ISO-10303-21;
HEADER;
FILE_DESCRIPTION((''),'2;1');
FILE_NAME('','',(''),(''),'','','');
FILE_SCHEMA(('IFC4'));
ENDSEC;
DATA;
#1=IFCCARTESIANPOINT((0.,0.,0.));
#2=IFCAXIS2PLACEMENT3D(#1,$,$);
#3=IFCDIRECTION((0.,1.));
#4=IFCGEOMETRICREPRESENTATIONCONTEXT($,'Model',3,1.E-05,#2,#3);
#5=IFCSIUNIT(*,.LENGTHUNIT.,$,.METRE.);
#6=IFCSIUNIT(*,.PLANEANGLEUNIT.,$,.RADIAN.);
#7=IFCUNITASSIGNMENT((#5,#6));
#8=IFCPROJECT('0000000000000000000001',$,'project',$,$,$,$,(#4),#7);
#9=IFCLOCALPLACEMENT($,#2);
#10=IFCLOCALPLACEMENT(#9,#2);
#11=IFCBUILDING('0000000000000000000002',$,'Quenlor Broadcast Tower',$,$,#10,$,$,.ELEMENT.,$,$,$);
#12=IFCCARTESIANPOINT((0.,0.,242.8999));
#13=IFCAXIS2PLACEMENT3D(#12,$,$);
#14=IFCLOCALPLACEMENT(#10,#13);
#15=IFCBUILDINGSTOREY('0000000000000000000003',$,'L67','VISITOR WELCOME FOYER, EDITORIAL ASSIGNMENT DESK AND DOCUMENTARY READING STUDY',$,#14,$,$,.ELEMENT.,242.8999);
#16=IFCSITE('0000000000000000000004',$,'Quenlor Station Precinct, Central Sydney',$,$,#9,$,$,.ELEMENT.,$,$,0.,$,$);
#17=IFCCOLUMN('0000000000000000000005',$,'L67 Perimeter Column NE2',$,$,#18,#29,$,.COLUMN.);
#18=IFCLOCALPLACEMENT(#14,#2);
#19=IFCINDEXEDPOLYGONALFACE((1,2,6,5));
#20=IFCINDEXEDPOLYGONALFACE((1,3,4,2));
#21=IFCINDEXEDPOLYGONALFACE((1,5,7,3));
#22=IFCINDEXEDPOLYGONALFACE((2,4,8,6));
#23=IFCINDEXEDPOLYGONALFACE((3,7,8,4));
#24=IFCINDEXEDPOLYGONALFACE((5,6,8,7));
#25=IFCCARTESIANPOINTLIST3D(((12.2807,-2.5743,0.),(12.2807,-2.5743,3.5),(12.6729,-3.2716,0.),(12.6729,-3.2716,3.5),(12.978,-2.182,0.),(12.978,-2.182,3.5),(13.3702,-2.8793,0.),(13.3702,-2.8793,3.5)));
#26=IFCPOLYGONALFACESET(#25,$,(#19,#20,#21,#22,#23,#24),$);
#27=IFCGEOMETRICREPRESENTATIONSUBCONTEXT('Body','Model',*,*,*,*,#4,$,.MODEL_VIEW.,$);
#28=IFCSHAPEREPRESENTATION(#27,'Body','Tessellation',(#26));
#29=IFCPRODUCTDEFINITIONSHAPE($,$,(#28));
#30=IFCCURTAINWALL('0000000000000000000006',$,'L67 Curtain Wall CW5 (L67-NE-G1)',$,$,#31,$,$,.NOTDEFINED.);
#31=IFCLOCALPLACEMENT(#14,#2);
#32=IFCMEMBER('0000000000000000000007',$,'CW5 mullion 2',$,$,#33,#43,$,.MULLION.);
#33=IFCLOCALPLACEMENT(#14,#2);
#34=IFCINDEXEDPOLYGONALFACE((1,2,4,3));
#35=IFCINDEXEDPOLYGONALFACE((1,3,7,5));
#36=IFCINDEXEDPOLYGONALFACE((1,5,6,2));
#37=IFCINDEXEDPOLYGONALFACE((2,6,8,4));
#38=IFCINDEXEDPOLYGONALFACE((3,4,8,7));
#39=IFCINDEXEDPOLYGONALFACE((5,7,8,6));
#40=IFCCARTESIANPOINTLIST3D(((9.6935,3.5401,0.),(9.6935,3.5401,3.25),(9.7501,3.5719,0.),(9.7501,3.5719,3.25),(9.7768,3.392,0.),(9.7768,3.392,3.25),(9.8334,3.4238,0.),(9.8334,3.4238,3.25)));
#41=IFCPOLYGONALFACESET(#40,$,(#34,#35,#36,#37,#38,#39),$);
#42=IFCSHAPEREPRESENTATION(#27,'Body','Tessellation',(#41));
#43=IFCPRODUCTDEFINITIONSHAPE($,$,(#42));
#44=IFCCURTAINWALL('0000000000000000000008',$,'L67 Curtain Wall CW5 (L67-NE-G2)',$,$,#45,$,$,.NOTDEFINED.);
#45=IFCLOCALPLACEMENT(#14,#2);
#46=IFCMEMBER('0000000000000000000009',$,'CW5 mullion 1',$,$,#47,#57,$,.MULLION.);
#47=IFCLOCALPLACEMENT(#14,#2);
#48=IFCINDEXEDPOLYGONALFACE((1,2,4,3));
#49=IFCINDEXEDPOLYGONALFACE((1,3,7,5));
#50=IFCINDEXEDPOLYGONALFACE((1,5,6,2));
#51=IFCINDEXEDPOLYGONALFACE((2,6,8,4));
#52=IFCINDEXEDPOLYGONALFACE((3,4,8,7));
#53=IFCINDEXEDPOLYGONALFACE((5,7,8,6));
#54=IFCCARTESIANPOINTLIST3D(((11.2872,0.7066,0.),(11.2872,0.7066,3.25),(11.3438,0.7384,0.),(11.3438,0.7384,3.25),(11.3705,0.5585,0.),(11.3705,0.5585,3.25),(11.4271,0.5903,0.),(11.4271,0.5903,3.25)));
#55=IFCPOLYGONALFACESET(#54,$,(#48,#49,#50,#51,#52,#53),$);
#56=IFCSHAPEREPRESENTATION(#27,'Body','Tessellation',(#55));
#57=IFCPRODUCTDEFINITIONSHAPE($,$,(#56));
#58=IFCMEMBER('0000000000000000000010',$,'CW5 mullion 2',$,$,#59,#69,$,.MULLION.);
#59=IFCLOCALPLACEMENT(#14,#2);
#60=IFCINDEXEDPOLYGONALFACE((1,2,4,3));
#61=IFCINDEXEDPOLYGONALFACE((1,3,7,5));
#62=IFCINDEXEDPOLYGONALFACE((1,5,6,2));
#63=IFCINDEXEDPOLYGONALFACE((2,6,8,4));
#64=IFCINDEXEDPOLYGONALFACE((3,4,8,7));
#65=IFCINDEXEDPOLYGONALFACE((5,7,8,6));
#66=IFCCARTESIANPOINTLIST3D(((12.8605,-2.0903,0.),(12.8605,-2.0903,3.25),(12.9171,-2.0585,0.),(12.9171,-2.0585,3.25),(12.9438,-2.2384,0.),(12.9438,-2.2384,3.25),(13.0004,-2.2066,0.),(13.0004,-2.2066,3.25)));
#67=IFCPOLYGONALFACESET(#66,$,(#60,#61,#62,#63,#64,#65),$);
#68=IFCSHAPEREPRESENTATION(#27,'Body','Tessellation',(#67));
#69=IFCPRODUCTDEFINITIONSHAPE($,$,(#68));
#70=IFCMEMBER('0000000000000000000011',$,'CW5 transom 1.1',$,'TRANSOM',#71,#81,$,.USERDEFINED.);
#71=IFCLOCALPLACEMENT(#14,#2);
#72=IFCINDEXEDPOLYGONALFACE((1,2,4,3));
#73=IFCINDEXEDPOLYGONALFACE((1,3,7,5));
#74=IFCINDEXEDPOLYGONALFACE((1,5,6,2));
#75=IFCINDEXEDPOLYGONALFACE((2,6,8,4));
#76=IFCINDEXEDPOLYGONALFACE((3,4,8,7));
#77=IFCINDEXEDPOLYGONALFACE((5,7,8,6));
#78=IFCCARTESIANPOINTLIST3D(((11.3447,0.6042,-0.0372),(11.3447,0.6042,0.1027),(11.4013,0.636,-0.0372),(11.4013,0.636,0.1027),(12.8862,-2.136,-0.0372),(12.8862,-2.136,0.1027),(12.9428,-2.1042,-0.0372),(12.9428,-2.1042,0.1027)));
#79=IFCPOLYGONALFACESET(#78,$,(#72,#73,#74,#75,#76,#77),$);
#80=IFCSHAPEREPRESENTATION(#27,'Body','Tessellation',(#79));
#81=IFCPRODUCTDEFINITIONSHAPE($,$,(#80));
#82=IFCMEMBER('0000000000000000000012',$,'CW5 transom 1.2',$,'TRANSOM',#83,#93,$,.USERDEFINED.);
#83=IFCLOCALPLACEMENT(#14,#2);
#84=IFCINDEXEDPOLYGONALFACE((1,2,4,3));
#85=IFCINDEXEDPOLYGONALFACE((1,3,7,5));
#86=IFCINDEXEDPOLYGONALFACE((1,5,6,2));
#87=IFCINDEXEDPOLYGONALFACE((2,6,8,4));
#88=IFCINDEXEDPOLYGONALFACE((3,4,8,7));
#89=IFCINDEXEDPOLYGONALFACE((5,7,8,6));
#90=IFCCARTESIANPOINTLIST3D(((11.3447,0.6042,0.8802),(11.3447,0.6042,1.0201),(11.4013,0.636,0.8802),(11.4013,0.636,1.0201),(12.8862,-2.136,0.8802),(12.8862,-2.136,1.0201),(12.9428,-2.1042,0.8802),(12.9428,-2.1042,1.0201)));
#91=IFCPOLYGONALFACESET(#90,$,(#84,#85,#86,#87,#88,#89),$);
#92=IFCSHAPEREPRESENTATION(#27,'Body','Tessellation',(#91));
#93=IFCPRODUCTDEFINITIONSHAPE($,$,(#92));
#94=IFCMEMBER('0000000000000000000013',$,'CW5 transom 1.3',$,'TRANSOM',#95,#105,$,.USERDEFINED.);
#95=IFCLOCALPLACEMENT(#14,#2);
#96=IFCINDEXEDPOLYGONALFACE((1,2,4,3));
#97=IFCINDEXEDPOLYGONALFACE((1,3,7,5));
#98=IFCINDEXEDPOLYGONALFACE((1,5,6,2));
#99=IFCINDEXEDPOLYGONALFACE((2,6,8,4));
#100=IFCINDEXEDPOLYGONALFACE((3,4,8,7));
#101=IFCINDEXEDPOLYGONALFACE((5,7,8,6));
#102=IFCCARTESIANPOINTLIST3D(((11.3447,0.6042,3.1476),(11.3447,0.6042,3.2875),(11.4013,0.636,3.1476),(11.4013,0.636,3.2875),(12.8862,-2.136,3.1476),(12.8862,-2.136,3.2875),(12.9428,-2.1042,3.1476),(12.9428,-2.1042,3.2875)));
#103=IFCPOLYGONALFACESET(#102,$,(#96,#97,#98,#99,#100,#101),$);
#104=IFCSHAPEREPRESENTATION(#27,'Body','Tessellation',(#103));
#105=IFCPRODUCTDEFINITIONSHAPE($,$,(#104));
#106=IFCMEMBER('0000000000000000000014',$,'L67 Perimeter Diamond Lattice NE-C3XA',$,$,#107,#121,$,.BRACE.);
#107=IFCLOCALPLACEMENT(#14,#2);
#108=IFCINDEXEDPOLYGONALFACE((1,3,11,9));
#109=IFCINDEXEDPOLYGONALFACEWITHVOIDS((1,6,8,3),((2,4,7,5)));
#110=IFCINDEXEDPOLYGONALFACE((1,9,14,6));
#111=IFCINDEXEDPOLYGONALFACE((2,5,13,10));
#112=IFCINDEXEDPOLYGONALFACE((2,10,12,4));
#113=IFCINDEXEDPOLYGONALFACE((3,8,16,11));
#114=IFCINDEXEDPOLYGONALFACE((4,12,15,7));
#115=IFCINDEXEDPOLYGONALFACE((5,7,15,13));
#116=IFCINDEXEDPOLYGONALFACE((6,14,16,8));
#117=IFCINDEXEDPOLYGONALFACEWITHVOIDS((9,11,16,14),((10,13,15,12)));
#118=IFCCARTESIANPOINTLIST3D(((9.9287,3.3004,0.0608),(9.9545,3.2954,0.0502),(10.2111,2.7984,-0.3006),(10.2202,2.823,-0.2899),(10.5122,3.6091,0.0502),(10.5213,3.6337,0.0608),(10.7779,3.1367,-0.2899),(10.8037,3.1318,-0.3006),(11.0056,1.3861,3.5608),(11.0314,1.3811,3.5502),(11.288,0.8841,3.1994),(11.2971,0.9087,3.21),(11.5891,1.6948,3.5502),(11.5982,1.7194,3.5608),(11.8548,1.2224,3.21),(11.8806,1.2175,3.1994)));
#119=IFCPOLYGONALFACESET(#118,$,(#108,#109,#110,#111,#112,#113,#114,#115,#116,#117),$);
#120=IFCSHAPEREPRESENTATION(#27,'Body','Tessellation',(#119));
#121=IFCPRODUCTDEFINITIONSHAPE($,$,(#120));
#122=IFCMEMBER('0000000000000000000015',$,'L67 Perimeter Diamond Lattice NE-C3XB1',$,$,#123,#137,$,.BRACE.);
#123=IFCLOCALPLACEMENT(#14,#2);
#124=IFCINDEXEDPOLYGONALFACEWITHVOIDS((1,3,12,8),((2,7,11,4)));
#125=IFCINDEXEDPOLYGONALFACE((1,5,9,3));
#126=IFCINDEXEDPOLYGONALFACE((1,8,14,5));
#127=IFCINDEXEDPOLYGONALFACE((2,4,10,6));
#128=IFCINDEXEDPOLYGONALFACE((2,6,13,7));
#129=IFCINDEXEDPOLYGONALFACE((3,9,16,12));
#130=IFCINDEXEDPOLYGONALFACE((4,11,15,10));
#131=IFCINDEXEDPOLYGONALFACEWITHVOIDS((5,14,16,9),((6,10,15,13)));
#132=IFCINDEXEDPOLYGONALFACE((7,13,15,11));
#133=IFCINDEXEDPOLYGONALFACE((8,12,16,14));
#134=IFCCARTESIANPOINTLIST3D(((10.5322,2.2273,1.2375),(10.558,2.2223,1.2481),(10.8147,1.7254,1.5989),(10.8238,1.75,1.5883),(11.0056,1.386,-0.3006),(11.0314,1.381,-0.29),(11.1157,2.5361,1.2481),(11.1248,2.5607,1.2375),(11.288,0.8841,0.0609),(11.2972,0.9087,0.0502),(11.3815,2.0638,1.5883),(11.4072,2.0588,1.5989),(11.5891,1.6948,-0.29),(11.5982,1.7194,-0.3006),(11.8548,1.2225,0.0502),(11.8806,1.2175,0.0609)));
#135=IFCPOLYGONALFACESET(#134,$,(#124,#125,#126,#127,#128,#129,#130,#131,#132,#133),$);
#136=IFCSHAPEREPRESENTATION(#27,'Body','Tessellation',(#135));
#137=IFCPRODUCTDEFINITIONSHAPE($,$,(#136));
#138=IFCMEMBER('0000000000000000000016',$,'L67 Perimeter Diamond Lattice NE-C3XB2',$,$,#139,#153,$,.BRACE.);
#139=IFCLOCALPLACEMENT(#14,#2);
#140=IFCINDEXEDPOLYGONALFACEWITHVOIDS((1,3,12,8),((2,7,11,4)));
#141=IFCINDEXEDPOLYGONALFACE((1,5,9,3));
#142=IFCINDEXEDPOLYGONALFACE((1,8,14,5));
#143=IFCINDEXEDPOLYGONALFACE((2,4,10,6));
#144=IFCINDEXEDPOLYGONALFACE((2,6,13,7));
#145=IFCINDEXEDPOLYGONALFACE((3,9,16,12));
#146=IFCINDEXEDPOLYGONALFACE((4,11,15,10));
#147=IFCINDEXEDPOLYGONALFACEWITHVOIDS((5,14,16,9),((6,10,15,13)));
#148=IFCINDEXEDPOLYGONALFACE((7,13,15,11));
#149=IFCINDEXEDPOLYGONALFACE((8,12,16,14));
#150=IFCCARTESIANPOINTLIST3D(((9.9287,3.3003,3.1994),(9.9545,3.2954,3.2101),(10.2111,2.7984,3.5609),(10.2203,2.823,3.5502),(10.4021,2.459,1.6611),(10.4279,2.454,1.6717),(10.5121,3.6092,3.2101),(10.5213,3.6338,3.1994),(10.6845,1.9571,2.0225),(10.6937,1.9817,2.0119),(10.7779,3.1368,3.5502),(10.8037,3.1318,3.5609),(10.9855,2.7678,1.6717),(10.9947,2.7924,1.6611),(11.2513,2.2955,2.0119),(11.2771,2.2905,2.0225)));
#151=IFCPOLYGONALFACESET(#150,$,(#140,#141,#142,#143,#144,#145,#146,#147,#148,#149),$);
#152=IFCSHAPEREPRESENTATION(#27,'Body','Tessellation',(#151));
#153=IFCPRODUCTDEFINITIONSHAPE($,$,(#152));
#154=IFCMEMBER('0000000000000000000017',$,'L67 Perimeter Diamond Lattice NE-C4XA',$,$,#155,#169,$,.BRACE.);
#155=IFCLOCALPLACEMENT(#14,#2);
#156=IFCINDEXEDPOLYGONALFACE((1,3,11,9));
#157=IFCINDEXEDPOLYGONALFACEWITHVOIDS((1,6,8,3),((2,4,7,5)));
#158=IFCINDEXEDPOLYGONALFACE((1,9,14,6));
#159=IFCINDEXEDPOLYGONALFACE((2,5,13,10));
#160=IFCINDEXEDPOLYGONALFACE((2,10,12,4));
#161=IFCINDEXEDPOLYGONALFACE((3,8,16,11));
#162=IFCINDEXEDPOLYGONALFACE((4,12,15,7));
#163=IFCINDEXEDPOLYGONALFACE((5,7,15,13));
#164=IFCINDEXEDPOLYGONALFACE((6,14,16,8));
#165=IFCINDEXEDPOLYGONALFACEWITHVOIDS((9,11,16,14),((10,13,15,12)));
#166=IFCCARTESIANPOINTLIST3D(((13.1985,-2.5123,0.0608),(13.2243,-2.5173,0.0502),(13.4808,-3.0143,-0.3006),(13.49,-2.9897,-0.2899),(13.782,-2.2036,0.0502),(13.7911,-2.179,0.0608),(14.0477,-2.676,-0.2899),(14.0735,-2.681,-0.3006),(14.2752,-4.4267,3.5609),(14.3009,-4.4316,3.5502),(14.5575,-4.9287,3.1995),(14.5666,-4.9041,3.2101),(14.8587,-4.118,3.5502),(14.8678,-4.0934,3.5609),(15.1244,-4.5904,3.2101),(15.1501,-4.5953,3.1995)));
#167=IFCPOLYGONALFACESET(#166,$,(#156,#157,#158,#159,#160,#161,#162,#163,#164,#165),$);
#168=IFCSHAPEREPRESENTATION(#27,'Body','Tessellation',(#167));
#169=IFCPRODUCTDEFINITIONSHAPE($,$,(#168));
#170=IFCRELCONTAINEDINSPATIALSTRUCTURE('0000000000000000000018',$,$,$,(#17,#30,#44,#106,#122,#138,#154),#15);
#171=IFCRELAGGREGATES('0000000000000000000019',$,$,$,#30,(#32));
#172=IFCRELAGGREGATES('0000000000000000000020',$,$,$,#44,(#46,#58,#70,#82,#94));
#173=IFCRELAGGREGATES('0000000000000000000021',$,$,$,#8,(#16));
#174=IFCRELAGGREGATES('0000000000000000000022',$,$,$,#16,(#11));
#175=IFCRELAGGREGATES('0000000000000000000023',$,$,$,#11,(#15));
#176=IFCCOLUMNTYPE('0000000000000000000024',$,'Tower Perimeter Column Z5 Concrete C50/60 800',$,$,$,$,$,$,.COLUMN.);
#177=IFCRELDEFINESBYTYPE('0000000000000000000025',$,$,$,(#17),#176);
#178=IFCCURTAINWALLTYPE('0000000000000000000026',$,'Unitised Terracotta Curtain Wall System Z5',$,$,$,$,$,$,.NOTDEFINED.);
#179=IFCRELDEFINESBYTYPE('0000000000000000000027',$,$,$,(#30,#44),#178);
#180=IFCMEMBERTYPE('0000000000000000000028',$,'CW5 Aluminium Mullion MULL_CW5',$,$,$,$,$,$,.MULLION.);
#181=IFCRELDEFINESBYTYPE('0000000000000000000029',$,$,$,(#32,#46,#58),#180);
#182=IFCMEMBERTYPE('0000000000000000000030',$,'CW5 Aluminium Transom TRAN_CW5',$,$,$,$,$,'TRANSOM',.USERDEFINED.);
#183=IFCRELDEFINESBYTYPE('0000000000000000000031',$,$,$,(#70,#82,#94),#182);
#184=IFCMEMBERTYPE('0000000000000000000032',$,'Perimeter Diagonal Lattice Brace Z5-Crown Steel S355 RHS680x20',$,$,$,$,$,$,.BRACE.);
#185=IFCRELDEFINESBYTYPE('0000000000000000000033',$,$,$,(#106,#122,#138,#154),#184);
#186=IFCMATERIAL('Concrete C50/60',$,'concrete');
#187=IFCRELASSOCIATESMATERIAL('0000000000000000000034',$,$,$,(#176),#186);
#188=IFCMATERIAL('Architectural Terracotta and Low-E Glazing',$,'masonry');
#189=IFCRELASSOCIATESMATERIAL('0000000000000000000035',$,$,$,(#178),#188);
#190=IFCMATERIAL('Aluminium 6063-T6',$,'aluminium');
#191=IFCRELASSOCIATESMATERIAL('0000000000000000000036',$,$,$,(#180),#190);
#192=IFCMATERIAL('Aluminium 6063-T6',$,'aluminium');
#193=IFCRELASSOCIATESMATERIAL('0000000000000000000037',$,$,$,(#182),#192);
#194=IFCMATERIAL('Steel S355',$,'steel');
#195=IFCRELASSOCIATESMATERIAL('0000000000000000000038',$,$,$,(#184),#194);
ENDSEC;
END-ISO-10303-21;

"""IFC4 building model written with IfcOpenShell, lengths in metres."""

from ifc_helpers import new_model, si_unit, direction, frame, origin, origin_2d, place, context, subcontext, project, spatial, rectangle, hollow_rectangle, extrude, material, material_profile, profile_set, type_object, element, aggregate, save


model = new_model("IFC4")

# Units and contexts
model_context = context("Model", 3, precision=1e-05, world=origin(), true_north=direction((0.0, 1.0)))
body_context = subcontext(model_context, "Body", "Model", "MODEL_VIEW")
ifc_project = project(units=[si_unit("LENGTHUNIT", "METRE"), si_unit("PLANEANGLEUNIT", "RADIAN")], contexts=[model_context])

# Site, building, storey
site_placement = place(None, origin())
site = spatial("IfcSite", under=ifc_project, at=site_placement, Name="Quenlor Station Precinct, Central Sydney", CompositionType="ELEMENT", RefElevation=0.0)
building_placement = place(site_placement, origin())
building = spatial("IfcBuilding", under=site, at=building_placement, Name="Quenlor Broadcast Tower", CompositionType="ELEMENT")
storey_placement = place(building_placement, frame((0.0, 0.0, 242.8999)))
storey = spatial("IfcBuildingStorey", under=building, at=storey_placement, Name="L67", Description="VISITOR WELCOME FOYER, EDITORIAL ASSIGNMENT DESK AND DOCUMENTARY READING STUDY", CompositionType="ELEMENT", Elevation=242.8999)

# Column
ifc_material_1 = material(Name="Concrete C50/60", Category="concrete")
ifc_material_profile_1 = material_profile(ifc_material_1, rectangle(XDim=0.8, YDim=0.8, at=origin_2d()))
ifc_profile_set_1 = profile_set([ifc_material_profile_1], Name="Concrete C50/60 RC800x800")
column_type = type_object("IfcColumnType", Name="Tower Perimeter Column Z5 Concrete C50/60 800", PredefinedType="COLUMN", material=ifc_profile_set_1)
column_placement = place(storey_placement, frame((12.8254, -2.7268, 0.0), z_axis=(0.0, 0.0, 1.0), x_axis=(0.871575, 0.490262, 0.0)))
element("IfcColumn", 1, at=column_placement, inside=storey, type_object=column_type, Name="L67 Perimeter Column NE2", PredefinedType="COLUMN", context=body_context, shape_type="SweptSolid", body=[
    extrude(rectangle(XDim=0.8, YDim=0.8, at=origin_2d()), origin(), (0.0, 0.0, 1.0), 3.5),
])

# Curtain wall, member
ifc_material_2 = material(Name="Architectural Terracotta and Low-E Glazing", Category="masonry")
curtain_wall_type = type_object("IfcCurtainWallType", Name="Unitised Terracotta Curtain Wall System Z5", PredefinedType="NOTDEFINED", material=ifc_material_2)
curtain_wall_1_placement = place(storey_placement, origin())
curtain_wall_1 = element("IfcCurtainWall", 2, at=curtain_wall_1_placement, inside=storey, type_object=curtain_wall_type, Name="L67 Curtain Wall CW5 (L67-NE-G1)", PredefinedType="NOTDEFINED")
ifc_material_3 = material(Name="Aluminium 6063-T6", Category="aluminium")
ifc_material_profile_2 = material_profile(ifc_material_3, rectangle(XDim=0.0649, YDim=0.1699, at=origin_2d()))
ifc_profile_set_2 = profile_set([ifc_material_profile_2], Name="Aluminium 6063-T6 MULL65x170")
member_type_1 = type_object("IfcMemberType", Name="CW5 Aluminium Mullion MULL_CW5", PredefinedType="MULLION", material=ifc_profile_set_2)
member_1_placement = place(storey_placement, frame((9.7634, 3.4819, 0.0), z_axis=(0.0, 0.0, 1.0), x_axis=(0.871575, 0.490263, 0.0)))
member_1 = element("IfcMember", 3, at=member_1_placement, type_object=member_type_1, Name="CW5 mullion 2", PredefinedType="MULLION", context=body_context, shape_type="SweptSolid", body=[
    extrude(rectangle(XDim=0.0649, YDim=0.1699, at=origin_2d()), origin(), (0.0, 0.0, 1.0), 3.25),
])
aggregate(curtain_wall_1, [member_1])

# Curtain wall, members
curtain_wall_2_placement = place(storey_placement, origin())
curtain_wall_2 = element("IfcCurtainWall", 4, at=curtain_wall_2_placement, inside=storey, type_object=curtain_wall_type, Name="L67 Curtain Wall CW5 (L67-NE-G2)", PredefinedType="NOTDEFINED")
member_2_placement = place(storey_placement, frame((11.3572, 0.6484, 0.0), z_axis=(0.0, 0.0, 1.0), x_axis=(0.871575, 0.490263, 0.0)))
member_2 = element("IfcMember", 5, at=member_2_placement, type_object=member_type_1, Name="CW5 mullion 1", PredefinedType="MULLION", context=body_context, shape_type="SweptSolid", body=[
    extrude(rectangle(XDim=0.0649, YDim=0.1699, at=origin_2d()), origin(), (0.0, 0.0, 1.0), 3.25),
])
member_3_placement = place(storey_placement, frame((12.9304, -2.1484, 0.0), z_axis=(0.0, 0.0, 1.0), x_axis=(0.871575, 0.490263, 0.0)))
member_3 = element("IfcMember", 6, at=member_3_placement, type_object=member_type_1, Name="CW5 mullion 2", PredefinedType="MULLION", context=body_context, shape_type="SweptSolid", body=[
    extrude(rectangle(XDim=0.0649, YDim=0.1699, at=origin_2d()), origin(), (0.0, 0.0, 1.0), 3.25),
])
ifc_material_4 = material(Name="Aluminium 6063-T6", Category="aluminium")
ifc_material_profile_3 = material_profile(ifc_material_4, rectangle(XDim=0.0649, YDim=0.1399, at=origin_2d()))
ifc_profile_set_3 = profile_set([ifc_material_profile_3], Name="Aluminium 6063-T6 TRAN65x140")
member_type_2 = type_object("IfcMemberType", Name="CW5 Aluminium Transom TRAN_CW5", ElementType="TRANSOM", PredefinedType="USERDEFINED", material=ifc_profile_set_3)
member_4_placement = place(storey_placement, frame((11.373, 0.6201, 0.0327), z_axis=(0.490291, -0.871559, 0.0), x_axis=(0.871559, 0.490291, 0.0)))
member_4 = element("IfcMember", 7, at=member_4_placement, type_object=member_type_2, Name="CW5 transom 1.1", ObjectType="TRANSOM", PredefinedType="USERDEFINED", context=body_context, shape_type="SweptSolid", body=[
    extrude(rectangle(XDim=0.0649, YDim=0.1399, at=origin_2d()), origin(), (0.0, 0.0, 1.0), 3.144),
])
member_5_placement = place(storey_placement, frame((11.373, 0.6201, 0.9502), z_axis=(0.490291, -0.871559, 0.0), x_axis=(0.871559, 0.490291, 0.0)))
member_5 = element("IfcMember", 8, at=member_5_placement, type_object=member_type_2, Name="CW5 transom 1.2", ObjectType="TRANSOM", PredefinedType="USERDEFINED", context=body_context, shape_type="SweptSolid", body=[
    extrude(rectangle(XDim=0.0649, YDim=0.1399, at=origin_2d()), origin(), (0.0, 0.0, 1.0), 3.144),
])
member_6_placement = place(storey_placement, frame((11.373, 0.6201, 3.2175), z_axis=(0.490291, -0.871559, 0.0), x_axis=(0.871559, 0.490291, 0.0)))
member_6 = element("IfcMember", 9, at=member_6_placement, type_object=member_type_2, Name="CW5 transom 1.3", ObjectType="TRANSOM", PredefinedType="USERDEFINED", context=body_context, shape_type="SweptSolid", body=[
    extrude(rectangle(XDim=0.0649, YDim=0.1399, at=origin_2d()), origin(), (0.0, 0.0, 1.0), 3.144),
])

# Members
ifc_material_5 = material(Name="Steel S355", Category="steel")
ifc_material_profile_4 = material_profile(ifc_material_5, hollow_rectangle(XDim=0.6799, YDim=0.6799, WallThickness=0.02, at=origin_2d()))
ifc_profile_set_4 = profile_set([ifc_material_profile_4], Name="Steel S355 RHS680x680x20")
member_type_3 = type_object("IfcMemberType", Name="Perimeter Diagonal Lattice Brace Z5-Crown Steel S355 RHS680x20", PredefinedType="BRACE", material=ifc_profile_set_4)
member_7_placement = place(storey_placement, frame((10.3662, 3.2161, -0.1199), z_axis=(0.260619, -0.463276, 0.847026), x_axis=(0.871555, 0.490298, 0.0)))
element("IfcMember", 10, at=member_7_placement, inside=storey, type_object=member_type_3, Name="L67 Perimeter Diamond Lattice NE-C3XA", PredefinedType="BRACE", context=body_context, shape_type="SweptSolid", body=[
    extrude(hollow_rectangle(XDim=0.6799, YDim=0.6799, WallThickness=0.02, at=origin_2d()), origin(), (0.0, 0.0, 1.0), 4.1321),
])
member_8_placement = place(storey_placement, frame((11.4431, 1.3018, -0.1199), z_axis=(-0.260686, 0.463293, 0.846996), x_axis=(-0.871508, -0.490381, 0.0)))
element("IfcMember", 11, at=member_8_placement, inside=storey, type_object=member_type_3, Name="L67 Perimeter Diamond Lattice NE-C3XB1", PredefinedType="BRACE", context=body_context, shape_type="SweptSolid", body=[
    extrude(hollow_rectangle(XDim=0.6799, YDim=0.6799, WallThickness=0.02, at=origin_2d()), origin(), (0.0, 0.0, 1.0), 1.8159),
])
member_9_placement = place(storey_placement, frame((10.8396, 2.3748, 1.8418), z_axis=(-0.260657, 0.463241, 0.847034), x_axis=(-0.871508, -0.490381, 0.0)))
element("IfcMember", 12, at=member_9_placement, inside=storey, type_object=member_type_3, Name="L67 Perimeter Diamond Lattice NE-C3XB2", PredefinedType="BRACE", context=body_context, shape_type="SweptSolid", body=[
    extrude(hollow_rectangle(XDim=0.6799, YDim=0.6799, WallThickness=0.02, at=origin_2d()), origin(), (0.0, 0.0, 1.0), 1.8162),
])
member_10_placement = place(storey_placement, frame((13.636, -2.5967, -0.1199), z_axis=(0.260564, -0.463283, 0.847039), x_axis=(0.871602, 0.490214, 0.0)))
element("IfcMember", 13, at=member_10_placement, inside=storey, type_object=member_type_3, Name="L67 Perimeter Diamond Lattice NE-C4XA", PredefinedType="BRACE", context=body_context, shape_type="SweptSolid", body=[
    extrude(hollow_rectangle(XDim=0.6799, YDim=0.6799, WallThickness=0.02, at=origin_2d()), origin(), (0.0, 0.0, 1.0), 4.1321),
])

aggregate(curtain_wall_2, [member_2, member_3, member_4, member_5, member_6])

save(model, "model.ifc")
